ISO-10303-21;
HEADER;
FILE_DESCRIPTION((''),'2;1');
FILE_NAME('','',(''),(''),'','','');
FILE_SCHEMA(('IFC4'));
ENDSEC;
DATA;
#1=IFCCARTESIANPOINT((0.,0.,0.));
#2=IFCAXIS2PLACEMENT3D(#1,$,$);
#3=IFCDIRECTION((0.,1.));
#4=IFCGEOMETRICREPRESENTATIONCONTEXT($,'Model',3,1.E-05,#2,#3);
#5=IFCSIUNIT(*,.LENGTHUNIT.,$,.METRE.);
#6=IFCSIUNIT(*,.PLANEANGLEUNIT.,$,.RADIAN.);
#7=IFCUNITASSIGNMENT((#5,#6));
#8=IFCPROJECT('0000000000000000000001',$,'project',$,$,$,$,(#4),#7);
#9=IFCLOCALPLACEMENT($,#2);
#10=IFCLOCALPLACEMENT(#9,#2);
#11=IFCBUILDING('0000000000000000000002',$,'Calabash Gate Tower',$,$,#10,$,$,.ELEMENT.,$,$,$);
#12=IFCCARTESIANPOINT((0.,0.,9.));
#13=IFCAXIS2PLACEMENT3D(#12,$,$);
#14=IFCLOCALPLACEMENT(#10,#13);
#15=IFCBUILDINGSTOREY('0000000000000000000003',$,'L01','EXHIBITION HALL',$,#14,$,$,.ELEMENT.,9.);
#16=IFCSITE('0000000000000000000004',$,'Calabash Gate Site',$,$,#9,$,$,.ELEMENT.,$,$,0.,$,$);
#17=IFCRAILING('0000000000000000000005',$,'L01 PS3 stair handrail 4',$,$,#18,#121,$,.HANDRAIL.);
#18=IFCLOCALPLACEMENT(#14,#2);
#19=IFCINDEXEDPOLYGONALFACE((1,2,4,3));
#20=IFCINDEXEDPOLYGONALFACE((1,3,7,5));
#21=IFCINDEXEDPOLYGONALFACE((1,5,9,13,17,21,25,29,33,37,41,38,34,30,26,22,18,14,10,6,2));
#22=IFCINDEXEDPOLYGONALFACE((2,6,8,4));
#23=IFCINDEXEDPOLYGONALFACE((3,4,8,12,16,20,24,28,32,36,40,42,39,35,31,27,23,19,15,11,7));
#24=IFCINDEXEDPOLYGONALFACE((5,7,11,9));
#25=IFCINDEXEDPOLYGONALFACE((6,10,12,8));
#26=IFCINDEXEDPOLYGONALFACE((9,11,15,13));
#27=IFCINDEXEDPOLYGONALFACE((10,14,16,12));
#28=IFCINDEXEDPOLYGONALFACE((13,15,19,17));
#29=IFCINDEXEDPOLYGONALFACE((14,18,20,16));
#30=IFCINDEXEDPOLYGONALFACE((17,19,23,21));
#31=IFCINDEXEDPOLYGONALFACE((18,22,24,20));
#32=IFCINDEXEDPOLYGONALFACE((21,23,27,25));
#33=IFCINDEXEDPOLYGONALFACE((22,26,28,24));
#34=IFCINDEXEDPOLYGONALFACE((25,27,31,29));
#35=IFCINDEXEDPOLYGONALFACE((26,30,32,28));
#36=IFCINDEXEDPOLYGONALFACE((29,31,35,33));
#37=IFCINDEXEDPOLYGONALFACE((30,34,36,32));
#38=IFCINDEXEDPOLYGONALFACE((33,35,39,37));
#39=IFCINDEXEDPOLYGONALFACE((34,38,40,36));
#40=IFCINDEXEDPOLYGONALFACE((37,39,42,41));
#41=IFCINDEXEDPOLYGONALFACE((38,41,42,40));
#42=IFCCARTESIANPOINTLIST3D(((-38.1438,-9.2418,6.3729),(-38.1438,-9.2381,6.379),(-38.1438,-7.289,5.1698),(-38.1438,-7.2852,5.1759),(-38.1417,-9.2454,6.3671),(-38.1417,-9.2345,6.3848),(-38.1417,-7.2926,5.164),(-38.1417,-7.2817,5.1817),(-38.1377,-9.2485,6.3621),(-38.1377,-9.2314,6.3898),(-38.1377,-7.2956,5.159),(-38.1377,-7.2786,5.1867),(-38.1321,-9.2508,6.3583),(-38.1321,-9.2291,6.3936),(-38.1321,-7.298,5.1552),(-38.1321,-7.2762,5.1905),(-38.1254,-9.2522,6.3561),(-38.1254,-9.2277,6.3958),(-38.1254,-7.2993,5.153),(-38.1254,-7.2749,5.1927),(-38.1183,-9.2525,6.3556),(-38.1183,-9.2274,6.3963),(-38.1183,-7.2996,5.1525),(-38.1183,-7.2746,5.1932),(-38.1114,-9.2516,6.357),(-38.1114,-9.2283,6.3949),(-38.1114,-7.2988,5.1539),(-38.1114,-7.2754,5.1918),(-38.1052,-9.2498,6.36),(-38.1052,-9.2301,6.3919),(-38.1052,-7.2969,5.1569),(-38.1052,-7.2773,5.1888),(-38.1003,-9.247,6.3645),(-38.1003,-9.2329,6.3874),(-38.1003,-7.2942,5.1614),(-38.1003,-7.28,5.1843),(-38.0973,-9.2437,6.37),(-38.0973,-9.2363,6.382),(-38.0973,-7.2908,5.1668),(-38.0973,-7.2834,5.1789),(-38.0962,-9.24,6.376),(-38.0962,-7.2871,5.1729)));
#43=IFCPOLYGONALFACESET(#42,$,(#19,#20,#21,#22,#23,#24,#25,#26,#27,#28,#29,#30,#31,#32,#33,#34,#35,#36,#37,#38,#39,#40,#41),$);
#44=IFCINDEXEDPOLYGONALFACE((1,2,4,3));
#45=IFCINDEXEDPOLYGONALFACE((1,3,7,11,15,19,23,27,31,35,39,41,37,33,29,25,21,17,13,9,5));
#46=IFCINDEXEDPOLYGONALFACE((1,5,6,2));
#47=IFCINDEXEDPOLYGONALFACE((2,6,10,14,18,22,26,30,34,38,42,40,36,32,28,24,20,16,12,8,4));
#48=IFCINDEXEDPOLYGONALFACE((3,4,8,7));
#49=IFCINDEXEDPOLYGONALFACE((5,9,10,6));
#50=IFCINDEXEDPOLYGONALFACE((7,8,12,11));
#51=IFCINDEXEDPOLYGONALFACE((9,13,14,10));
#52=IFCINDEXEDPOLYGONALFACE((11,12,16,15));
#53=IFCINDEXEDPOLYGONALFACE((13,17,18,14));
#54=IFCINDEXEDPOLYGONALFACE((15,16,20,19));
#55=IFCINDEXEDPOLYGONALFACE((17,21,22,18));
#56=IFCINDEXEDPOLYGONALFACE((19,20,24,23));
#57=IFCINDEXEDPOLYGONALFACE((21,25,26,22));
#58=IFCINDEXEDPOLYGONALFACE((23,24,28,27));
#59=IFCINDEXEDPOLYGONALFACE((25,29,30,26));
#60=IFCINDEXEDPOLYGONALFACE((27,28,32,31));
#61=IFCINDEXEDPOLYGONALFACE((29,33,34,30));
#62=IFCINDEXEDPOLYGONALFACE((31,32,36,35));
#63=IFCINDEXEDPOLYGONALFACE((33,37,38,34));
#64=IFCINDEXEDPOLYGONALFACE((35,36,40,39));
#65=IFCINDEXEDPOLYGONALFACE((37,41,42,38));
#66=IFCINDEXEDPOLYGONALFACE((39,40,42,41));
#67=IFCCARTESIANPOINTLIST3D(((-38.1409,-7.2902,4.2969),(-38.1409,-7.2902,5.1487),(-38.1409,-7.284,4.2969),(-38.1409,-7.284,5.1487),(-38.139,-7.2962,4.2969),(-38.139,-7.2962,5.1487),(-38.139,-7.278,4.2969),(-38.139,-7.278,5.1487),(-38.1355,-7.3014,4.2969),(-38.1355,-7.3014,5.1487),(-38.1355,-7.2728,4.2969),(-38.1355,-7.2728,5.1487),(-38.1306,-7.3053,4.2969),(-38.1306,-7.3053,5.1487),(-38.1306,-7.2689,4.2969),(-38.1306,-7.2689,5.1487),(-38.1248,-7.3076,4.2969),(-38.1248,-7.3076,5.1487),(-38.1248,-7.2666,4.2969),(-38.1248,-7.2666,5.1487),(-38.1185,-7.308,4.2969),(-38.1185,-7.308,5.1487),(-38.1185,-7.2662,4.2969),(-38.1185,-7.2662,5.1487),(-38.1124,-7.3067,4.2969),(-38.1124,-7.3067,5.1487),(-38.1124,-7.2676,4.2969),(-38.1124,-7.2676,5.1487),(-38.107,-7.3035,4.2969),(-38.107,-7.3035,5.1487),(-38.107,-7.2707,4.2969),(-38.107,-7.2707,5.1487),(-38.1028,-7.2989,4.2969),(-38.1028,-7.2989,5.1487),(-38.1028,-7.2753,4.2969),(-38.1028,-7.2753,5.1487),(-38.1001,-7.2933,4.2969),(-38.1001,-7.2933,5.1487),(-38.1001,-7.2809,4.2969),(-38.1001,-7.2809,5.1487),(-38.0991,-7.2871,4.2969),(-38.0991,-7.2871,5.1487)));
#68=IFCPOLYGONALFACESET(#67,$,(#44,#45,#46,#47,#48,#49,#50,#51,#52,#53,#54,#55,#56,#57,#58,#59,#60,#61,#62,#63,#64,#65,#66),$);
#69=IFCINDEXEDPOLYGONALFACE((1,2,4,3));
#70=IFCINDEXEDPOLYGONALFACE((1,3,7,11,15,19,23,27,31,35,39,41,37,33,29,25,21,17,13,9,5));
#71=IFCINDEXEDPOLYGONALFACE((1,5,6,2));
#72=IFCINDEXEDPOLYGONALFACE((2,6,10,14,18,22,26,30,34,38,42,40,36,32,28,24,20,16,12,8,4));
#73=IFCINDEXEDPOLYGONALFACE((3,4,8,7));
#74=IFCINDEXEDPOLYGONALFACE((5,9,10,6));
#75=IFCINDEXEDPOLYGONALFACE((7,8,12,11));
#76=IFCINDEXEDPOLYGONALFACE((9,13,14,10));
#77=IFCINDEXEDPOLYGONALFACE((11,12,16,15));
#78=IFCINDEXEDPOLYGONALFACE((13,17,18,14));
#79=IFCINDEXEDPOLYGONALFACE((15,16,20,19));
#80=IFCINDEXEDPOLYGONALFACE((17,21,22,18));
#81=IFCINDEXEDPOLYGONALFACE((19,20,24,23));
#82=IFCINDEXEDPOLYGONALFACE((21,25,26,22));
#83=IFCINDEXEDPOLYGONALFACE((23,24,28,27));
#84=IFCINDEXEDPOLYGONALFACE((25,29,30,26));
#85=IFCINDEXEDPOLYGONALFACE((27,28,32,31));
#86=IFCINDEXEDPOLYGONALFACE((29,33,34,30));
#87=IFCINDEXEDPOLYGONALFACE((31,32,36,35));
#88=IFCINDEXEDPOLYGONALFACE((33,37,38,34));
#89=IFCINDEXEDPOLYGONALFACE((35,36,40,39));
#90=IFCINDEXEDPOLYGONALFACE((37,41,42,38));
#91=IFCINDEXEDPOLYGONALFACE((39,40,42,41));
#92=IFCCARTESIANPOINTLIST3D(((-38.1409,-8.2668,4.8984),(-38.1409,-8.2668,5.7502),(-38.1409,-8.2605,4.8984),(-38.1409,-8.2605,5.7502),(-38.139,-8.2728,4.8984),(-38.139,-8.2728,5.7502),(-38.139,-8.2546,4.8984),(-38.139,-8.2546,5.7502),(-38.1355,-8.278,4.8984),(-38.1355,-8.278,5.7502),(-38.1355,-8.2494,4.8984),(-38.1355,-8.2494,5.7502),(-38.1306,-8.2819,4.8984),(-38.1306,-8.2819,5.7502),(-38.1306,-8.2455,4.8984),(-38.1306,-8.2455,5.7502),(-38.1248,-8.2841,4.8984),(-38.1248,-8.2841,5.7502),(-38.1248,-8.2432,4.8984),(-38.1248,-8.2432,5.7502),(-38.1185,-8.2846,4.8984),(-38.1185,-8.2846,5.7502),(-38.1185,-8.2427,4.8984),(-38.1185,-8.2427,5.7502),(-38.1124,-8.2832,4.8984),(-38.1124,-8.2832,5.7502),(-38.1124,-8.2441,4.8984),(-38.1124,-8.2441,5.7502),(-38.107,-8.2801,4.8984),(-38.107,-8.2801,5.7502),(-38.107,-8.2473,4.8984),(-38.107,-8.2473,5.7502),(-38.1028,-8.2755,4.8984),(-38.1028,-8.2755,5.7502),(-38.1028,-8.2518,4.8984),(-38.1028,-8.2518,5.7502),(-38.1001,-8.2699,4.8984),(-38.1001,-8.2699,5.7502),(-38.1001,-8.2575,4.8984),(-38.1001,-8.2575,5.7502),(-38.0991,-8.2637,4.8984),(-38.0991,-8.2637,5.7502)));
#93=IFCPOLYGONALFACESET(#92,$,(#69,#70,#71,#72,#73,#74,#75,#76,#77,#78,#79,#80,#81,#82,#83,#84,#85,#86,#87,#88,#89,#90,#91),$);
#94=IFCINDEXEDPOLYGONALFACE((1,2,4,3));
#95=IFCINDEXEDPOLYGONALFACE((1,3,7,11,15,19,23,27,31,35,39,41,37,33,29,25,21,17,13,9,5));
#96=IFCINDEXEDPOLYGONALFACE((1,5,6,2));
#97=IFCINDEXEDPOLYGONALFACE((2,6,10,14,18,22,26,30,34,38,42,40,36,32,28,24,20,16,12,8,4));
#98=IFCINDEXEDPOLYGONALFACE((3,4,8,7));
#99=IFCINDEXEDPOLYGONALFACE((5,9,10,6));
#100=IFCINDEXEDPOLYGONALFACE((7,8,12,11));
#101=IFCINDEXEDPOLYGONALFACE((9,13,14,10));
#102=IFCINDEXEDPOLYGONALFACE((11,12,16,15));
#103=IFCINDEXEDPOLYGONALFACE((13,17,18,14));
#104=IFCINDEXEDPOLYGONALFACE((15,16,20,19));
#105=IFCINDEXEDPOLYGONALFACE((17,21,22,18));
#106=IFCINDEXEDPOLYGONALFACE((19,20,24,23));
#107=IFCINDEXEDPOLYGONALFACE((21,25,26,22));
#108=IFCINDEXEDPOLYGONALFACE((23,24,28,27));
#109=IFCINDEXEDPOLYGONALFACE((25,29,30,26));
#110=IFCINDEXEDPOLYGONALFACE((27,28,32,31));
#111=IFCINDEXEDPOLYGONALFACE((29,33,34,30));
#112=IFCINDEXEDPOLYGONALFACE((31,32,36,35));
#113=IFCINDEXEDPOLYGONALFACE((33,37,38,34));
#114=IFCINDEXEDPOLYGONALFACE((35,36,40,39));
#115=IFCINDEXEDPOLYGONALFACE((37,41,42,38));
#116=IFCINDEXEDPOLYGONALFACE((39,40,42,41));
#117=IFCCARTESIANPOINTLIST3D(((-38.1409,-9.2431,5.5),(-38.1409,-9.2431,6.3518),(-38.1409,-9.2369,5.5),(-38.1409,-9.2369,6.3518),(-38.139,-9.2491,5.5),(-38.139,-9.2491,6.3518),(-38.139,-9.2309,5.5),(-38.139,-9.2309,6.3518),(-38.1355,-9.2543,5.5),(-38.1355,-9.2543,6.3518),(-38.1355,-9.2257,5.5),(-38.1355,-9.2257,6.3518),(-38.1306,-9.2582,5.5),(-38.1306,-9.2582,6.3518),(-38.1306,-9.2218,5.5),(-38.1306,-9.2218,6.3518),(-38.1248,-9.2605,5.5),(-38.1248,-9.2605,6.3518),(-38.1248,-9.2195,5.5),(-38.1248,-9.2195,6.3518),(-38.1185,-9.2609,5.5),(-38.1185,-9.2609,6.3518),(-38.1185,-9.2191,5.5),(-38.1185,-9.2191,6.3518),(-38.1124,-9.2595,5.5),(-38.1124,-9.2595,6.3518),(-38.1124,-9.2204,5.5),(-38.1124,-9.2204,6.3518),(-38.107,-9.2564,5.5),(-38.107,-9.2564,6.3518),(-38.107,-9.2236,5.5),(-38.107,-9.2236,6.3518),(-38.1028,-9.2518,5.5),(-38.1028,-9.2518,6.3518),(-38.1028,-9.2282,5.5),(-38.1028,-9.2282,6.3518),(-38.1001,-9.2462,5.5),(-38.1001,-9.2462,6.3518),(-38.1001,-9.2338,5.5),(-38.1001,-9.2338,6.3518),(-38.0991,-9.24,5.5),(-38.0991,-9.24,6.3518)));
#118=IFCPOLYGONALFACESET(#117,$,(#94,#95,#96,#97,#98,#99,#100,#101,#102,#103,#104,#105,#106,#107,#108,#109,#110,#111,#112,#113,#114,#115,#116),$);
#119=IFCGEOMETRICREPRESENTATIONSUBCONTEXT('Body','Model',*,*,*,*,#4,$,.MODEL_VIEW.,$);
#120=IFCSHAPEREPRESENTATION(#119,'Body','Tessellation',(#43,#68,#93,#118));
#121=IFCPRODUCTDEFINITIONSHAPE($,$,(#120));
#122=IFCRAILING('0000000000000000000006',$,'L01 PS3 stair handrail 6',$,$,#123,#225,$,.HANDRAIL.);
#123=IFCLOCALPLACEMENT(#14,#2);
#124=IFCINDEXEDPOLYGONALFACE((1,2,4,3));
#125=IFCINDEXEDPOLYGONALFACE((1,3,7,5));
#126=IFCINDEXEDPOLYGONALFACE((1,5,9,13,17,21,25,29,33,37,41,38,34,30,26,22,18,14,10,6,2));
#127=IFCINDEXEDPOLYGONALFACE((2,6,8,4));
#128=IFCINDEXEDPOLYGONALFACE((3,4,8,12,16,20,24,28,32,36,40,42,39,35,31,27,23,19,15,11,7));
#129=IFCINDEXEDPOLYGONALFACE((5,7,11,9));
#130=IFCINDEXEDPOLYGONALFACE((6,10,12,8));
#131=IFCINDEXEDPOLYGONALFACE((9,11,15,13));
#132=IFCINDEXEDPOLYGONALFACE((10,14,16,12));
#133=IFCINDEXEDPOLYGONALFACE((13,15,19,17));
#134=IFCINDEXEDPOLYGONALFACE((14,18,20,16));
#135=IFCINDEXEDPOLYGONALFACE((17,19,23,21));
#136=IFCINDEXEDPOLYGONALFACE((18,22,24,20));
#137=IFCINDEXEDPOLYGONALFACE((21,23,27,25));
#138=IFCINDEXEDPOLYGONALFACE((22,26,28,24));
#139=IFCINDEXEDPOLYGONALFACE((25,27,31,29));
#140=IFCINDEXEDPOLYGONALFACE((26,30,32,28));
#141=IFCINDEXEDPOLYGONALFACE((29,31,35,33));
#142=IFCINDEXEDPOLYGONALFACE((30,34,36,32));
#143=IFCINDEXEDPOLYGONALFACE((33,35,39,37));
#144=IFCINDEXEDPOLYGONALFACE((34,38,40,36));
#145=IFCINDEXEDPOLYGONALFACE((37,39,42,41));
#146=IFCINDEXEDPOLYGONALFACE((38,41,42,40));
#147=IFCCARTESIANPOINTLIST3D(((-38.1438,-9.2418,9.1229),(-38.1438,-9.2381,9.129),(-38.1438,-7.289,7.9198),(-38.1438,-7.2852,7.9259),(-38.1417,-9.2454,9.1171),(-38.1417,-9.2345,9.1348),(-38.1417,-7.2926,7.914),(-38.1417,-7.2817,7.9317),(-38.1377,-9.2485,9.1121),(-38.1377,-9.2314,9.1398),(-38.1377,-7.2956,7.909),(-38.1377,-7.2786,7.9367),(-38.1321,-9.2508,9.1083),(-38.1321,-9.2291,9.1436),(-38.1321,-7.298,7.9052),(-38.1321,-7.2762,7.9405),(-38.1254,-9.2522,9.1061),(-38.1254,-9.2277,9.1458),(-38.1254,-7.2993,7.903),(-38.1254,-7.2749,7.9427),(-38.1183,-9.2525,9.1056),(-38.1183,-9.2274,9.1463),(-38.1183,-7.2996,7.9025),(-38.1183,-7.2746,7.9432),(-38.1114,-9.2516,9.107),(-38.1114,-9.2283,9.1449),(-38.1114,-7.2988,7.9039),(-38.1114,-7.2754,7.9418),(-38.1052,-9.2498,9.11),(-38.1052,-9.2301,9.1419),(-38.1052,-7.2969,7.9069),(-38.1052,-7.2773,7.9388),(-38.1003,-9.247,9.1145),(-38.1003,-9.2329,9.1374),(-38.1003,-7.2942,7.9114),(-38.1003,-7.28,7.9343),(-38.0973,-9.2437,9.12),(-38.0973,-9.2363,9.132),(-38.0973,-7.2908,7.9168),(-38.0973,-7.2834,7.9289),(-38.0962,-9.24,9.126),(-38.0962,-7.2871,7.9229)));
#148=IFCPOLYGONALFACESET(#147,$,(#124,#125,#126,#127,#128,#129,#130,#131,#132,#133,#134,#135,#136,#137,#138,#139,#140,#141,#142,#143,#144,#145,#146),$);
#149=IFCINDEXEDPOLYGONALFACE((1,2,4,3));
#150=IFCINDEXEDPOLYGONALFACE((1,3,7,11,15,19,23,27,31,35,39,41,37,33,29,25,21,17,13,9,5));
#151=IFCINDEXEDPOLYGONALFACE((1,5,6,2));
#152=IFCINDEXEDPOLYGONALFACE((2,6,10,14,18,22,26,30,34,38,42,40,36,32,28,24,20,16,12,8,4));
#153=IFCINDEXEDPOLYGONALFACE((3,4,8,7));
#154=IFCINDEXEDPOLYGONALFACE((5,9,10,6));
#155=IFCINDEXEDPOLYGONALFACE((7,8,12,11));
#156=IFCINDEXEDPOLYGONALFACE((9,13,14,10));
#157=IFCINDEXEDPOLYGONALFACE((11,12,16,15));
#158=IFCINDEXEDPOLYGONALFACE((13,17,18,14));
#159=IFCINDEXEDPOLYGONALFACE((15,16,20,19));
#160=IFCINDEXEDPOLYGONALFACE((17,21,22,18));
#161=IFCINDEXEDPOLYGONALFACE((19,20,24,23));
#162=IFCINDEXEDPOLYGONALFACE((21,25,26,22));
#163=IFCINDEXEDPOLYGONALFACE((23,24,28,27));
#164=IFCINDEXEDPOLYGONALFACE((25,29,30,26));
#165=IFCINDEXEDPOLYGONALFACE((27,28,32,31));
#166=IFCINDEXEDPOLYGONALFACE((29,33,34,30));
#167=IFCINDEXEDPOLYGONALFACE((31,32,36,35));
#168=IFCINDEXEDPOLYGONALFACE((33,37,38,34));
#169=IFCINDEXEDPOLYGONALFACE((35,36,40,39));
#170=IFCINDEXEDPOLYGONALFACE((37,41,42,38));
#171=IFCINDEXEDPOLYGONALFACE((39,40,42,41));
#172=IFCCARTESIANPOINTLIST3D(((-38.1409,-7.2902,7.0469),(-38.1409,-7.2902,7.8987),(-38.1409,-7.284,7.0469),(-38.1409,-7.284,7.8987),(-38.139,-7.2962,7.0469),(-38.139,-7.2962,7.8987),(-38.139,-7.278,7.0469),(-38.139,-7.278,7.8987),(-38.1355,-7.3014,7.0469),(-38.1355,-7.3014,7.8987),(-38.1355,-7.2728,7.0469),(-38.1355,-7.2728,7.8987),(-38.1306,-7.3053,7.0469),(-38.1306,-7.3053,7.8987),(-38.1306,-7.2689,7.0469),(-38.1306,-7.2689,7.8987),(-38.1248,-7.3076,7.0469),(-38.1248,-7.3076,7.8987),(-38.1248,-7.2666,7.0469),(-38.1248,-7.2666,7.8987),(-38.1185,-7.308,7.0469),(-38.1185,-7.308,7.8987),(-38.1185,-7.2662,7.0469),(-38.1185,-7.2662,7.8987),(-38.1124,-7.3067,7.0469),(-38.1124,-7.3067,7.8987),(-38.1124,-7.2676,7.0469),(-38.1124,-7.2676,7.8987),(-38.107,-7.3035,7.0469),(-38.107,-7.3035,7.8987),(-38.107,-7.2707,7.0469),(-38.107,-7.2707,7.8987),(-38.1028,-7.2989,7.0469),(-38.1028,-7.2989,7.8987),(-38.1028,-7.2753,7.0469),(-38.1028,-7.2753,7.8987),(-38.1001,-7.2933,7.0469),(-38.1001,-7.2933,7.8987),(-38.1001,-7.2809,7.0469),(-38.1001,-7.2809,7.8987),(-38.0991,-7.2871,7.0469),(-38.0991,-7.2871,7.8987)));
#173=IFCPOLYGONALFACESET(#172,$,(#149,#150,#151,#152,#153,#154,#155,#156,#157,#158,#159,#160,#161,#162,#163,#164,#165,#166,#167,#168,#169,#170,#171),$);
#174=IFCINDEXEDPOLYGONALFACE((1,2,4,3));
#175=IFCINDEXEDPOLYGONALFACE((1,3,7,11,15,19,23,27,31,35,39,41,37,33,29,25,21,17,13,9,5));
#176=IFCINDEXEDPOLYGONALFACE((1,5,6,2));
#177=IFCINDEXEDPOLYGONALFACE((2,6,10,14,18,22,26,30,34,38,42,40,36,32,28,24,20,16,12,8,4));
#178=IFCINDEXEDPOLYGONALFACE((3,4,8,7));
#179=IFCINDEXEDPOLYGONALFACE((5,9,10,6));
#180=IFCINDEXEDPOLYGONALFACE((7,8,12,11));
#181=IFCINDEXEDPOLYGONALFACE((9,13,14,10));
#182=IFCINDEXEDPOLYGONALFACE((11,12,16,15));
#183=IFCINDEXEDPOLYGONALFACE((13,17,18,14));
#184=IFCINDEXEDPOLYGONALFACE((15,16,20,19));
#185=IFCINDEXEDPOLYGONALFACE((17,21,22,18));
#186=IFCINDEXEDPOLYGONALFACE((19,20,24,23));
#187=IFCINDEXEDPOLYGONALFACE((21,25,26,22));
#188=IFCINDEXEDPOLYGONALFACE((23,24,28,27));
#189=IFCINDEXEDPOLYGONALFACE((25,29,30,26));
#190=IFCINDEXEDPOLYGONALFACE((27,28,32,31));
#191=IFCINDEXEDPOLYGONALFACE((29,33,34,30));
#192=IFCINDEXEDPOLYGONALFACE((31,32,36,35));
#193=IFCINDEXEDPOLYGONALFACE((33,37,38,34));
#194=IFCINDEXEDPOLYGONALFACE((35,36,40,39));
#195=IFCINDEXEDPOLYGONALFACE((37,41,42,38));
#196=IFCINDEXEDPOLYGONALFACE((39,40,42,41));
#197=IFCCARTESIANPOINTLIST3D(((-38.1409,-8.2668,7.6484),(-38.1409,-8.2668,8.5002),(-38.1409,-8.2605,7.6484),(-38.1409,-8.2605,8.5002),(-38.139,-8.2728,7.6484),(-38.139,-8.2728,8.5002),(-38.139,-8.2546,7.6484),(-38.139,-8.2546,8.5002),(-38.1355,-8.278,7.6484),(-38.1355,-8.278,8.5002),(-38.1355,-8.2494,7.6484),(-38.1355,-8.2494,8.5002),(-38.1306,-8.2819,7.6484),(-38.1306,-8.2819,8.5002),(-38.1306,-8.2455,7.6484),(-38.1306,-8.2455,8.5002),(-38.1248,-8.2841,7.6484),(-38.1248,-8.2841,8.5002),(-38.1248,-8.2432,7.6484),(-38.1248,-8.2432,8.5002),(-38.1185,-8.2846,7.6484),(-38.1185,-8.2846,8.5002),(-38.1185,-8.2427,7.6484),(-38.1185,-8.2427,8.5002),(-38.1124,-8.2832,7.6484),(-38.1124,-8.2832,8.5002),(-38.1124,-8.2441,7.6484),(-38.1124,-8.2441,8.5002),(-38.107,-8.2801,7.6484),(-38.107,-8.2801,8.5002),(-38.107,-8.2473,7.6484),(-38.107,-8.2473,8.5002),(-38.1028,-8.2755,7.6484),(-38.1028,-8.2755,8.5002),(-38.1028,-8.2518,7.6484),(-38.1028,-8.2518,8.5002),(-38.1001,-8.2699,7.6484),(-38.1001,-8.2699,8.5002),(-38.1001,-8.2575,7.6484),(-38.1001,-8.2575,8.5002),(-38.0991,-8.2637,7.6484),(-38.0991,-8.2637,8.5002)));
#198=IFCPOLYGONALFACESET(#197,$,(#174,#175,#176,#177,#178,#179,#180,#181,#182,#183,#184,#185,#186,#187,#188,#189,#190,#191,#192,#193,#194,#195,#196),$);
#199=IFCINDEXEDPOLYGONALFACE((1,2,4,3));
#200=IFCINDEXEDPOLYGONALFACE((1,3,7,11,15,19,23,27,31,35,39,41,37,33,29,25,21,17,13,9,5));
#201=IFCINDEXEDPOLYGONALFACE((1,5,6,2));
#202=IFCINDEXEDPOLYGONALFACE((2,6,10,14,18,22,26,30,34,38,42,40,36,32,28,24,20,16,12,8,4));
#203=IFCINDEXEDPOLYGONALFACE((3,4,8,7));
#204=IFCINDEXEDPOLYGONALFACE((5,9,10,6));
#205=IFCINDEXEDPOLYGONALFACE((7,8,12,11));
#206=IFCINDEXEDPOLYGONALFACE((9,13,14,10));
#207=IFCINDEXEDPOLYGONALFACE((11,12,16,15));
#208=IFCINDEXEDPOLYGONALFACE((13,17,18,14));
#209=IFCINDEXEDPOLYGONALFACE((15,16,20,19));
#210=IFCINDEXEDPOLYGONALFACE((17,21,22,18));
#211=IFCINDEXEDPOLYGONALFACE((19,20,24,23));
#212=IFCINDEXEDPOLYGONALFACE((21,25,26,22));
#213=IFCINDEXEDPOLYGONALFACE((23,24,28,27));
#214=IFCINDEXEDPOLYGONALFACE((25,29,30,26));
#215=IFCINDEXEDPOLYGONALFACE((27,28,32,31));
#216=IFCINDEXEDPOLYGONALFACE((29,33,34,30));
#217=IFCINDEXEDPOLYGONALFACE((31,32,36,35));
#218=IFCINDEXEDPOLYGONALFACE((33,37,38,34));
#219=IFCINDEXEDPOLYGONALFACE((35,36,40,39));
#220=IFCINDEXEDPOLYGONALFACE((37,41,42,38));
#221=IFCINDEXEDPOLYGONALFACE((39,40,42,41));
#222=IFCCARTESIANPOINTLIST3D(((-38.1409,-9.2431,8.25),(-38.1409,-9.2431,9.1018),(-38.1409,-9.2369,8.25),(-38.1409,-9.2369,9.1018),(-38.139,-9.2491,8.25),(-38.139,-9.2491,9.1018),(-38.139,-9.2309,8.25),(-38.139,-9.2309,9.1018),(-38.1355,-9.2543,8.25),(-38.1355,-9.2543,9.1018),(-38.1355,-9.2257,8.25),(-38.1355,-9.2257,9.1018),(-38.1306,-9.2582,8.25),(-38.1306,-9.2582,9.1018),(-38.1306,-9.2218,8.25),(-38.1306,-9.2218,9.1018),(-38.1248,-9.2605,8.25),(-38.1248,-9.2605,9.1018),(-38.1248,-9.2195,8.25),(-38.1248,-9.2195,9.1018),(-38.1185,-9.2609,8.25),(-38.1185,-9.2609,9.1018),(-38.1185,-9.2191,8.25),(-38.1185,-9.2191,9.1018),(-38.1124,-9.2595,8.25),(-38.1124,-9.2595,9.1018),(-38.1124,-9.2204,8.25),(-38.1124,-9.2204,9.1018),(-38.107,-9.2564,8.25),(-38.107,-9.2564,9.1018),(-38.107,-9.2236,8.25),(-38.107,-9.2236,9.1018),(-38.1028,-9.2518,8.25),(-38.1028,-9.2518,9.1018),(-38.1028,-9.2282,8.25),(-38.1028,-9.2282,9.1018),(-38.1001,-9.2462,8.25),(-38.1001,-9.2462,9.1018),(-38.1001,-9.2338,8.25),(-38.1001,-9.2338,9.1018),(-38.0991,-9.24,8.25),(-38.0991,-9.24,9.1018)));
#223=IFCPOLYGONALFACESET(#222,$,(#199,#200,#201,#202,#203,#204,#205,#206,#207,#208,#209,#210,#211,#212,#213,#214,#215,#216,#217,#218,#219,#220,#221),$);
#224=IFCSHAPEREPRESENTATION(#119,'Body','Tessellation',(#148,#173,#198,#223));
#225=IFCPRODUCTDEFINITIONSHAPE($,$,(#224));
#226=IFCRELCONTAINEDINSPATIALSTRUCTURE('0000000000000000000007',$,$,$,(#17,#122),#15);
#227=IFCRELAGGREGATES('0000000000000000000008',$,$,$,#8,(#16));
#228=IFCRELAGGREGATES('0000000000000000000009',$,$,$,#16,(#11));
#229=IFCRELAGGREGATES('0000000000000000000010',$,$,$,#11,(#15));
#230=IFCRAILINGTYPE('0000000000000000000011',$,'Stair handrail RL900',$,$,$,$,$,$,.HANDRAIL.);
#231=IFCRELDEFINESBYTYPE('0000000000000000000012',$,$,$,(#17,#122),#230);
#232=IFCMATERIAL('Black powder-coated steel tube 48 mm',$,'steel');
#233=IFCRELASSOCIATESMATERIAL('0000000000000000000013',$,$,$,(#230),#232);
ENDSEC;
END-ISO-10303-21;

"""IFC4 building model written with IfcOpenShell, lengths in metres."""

from ifc_helpers import new_model, si_unit, direction, frame, origin, origin_2d, place, context, subcontext, project, spatial, circle, extrude, material, type_object, element, save


model = new_model("IFC4")

# Units and contexts
model_context = context("Model", 3, precision=1e-05, world=origin(), true_north=direction((0.0, 1.0)))
body_context = subcontext(model_context, "Body", "Model", "MODEL_VIEW")
ifc_project = project(units=[si_unit("LENGTHUNIT", "METRE"), si_unit("PLANEANGLEUNIT", "RADIAN")], contexts=[model_context])

# Site, building, storey
site_placement = place(None, origin())
site = spatial("IfcSite", under=ifc_project, at=site_placement, Name="Calabash Gate Site", CompositionType="ELEMENT", RefElevation=0.0)
building_placement = place(site_placement, origin())
building = spatial("IfcBuilding", under=site, at=building_placement, Name="Calabash Gate Tower", CompositionType="ELEMENT")
storey_placement = place(building_placement, frame((0.0, 0.0, 9.0)))
storey = spatial("IfcBuildingStorey", under=building, at=storey_placement, Name="L01", Description="EXHIBITION HALL", CompositionType="ELEMENT", Elevation=9.0)

# Railings
ifc_material_1 = material(Name="Black powder-coated steel tube 48 mm", Category="steel")
railing_type_1 = type_object("IfcRailingType", Name="Stair handrail RL900", PredefinedType="HANDRAIL", material=ifc_material_1)
for number, where, name in (
    (1, (-38.1201, -7.2871, 4.2969), "L01 PS3 stair handrail 4"),
    (2, (-38.1201, -7.2871, 7.0469), "L01 PS3 stair handrail 6"),
):
    element("IfcRailing", number, at=place(storey_placement, frame(where)), inside=storey, type_object=railing_type_1, Name=name, PredefinedType="HANDRAIL", context=body_context, shape_type="SweptSolid", body=[
        extrude(circle(Radius=0.0239, at=origin_2d()), frame((0.0, 0.0, 0.876), z_axis=(0.0, -0.851395, 0.524525), x_axis=(1.0, 0.0, 0.0)), (0.0, 0.0, 1.0), 2.2937),
        extrude(circle(Radius=0.021, at=origin_2d()), origin(), (0.0, 0.0, 1.0), 0.8518),
        extrude(circle(Radius=0.021, at=origin_2d()), frame((0.0, -0.9766, 0.6016)), (0.0, 0.0, 1.0), 0.8518),
        extrude(circle(Radius=0.021, at=origin_2d()), frame((0.0, -1.9529, 1.2031)), (0.0, 0.0, 1.0), 0.8518),
    ])

save(model, "model.ifc")
